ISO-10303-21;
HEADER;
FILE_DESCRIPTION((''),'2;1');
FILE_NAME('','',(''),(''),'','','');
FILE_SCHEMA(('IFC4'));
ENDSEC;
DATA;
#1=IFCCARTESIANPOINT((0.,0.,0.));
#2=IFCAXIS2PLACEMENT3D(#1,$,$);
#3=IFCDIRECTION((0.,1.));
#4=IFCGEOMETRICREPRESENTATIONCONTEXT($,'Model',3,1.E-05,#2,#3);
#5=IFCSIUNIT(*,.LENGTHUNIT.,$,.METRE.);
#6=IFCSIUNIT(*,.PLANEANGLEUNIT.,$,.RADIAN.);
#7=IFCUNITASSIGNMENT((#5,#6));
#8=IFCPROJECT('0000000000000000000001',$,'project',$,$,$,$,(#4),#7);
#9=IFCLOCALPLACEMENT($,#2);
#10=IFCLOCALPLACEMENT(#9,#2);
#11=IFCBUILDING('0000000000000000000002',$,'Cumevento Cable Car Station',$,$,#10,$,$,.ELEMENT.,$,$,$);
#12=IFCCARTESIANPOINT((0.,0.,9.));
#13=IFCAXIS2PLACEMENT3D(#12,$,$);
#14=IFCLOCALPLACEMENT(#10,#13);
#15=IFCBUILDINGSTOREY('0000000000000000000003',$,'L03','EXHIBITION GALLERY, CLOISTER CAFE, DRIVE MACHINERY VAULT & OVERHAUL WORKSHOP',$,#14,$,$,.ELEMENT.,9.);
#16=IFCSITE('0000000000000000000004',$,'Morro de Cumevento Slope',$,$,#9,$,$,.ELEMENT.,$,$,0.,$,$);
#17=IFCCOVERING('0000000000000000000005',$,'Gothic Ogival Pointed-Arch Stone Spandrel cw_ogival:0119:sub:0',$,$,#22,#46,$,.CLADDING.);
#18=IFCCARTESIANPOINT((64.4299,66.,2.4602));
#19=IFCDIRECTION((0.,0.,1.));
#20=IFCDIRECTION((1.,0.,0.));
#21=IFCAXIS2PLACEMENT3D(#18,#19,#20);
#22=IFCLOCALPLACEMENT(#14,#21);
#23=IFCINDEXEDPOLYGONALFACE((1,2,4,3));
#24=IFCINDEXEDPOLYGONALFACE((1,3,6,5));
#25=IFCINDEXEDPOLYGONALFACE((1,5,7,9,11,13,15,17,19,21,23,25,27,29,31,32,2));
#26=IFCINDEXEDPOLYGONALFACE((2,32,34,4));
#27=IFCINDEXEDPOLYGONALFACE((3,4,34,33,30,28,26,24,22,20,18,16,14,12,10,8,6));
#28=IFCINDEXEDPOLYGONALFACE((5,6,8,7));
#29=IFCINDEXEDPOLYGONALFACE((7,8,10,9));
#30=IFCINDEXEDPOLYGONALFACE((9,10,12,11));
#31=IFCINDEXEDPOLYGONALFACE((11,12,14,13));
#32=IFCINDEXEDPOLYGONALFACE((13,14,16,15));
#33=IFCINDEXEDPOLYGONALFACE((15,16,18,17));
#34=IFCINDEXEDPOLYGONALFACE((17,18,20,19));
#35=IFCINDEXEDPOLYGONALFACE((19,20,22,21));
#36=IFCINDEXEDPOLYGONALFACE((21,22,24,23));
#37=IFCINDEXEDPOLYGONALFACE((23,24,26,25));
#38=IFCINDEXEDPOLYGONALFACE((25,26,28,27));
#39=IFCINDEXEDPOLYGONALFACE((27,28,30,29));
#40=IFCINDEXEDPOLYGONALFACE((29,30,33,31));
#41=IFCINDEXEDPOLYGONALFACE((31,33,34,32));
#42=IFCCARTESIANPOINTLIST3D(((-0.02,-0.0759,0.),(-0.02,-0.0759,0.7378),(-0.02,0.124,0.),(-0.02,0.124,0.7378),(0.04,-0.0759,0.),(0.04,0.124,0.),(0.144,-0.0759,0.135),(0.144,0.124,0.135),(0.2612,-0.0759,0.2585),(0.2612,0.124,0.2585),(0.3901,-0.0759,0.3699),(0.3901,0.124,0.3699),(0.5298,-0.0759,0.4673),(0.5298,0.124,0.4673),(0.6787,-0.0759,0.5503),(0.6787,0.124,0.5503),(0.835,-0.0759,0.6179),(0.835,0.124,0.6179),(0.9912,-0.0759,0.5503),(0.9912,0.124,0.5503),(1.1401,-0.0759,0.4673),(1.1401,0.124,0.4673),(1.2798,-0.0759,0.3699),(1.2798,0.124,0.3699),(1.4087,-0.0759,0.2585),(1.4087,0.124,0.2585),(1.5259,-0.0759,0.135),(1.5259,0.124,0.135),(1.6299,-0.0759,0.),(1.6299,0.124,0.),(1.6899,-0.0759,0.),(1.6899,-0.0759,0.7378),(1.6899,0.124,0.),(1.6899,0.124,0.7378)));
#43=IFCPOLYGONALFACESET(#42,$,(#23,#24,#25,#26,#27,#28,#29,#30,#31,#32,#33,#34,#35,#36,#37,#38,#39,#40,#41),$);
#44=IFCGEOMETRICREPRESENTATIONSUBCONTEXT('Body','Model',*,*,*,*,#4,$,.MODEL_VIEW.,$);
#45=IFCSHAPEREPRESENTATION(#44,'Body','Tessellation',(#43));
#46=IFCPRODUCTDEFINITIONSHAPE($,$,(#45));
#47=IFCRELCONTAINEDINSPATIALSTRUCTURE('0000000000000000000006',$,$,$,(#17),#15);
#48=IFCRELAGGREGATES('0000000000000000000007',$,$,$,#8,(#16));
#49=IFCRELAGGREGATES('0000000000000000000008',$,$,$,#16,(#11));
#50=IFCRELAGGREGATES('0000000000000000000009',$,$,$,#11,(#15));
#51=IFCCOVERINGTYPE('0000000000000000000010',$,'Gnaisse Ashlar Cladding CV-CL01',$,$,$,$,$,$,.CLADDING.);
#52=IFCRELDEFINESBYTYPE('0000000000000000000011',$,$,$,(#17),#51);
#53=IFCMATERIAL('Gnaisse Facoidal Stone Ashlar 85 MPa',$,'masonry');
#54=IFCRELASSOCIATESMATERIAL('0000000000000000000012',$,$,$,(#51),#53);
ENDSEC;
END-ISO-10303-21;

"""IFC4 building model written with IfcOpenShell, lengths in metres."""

from ifc_helpers import new_model, si_unit, direction, frame, origin, place, context, subcontext, project, spatial, polyline, outline, extrude, material, type_object, element, save


model = new_model("IFC4")

# Units and contexts
model_context = context("Model", 3, precision=1e-05, world=origin(), true_north=direction((0.0, 1.0)))
body_context = subcontext(model_context, "Body", "Model", "MODEL_VIEW")
ifc_project = project(units=[si_unit("LENGTHUNIT", "METRE"), si_unit("PLANEANGLEUNIT", "RADIAN")], contexts=[model_context])

# Site, building, storey
site_placement = place(None, origin())
site = spatial("IfcSite", under=ifc_project, at=site_placement, Name="Morro de Cumevento Slope", CompositionType="ELEMENT", RefElevation=0.0)
building_placement = place(site_placement, origin())
building = spatial("IfcBuilding", under=site, at=building_placement, Name="Cumevento Cable Car Station", CompositionType="ELEMENT")
storey_placement = place(building_placement, frame((0.0, 0.0, 9.0)))
storey = spatial("IfcBuildingStorey", under=building, at=storey_placement, Name="L03", Description="EXHIBITION GALLERY, CLOISTER CAFE, DRIVE MACHINERY VAULT & OVERHAUL WORKSHOP", CompositionType="ELEMENT", Elevation=9.0)

# Covering
ifc_material_1 = material(Name="Gnaisse Facoidal Stone Ashlar 85 MPa", Category="masonry")
covering_type = type_object("IfcCoveringType", Name="Gnaisse Ashlar Cladding CV-CL01", PredefinedType="CLADDING", material=ifc_material_1)
covering_1_placement = place(storey_placement, frame((64.4299, 66.0, 2.4602), z_axis=(0.0, 0.0, 1.0), x_axis=(1.0, 0.0, 0.0)))
element("IfcCovering", 1, at=covering_1_placement, inside=storey, type_object=covering_type, Name="Gothic Ogival Pointed-Arch Stone Spandrel cw_ogival:0119:sub:0", PredefinedType="CLADDING", context=body_context, shape_type="SweptSolid", body=[
    extrude(outline(polyline([(-0.02, 0.0), (-0.02, 0.7378), (1.6899, 0.7378), (1.6899, 0.0), (1.6299, 0.0), (1.5259, 0.135), (1.4087, 0.2585), (1.2798, 0.3699), (1.1401, 0.4673), (0.9912, 0.5503), (0.835, 0.6179), (0.6787, 0.5503), (0.5298, 0.4673), (0.3901, 0.3699), (0.2612, 0.2585), (0.144, 0.135), (0.04, 0.0), (-0.02, 0.0)])), frame((0.0, 0.124, 0.0), z_axis=(0.0, -1.0, 0.0), x_axis=(1.0, 0.0, 0.0)), (0.0, 0.0, 1.0), 0.2),
])

save(model, "model.ifc")
